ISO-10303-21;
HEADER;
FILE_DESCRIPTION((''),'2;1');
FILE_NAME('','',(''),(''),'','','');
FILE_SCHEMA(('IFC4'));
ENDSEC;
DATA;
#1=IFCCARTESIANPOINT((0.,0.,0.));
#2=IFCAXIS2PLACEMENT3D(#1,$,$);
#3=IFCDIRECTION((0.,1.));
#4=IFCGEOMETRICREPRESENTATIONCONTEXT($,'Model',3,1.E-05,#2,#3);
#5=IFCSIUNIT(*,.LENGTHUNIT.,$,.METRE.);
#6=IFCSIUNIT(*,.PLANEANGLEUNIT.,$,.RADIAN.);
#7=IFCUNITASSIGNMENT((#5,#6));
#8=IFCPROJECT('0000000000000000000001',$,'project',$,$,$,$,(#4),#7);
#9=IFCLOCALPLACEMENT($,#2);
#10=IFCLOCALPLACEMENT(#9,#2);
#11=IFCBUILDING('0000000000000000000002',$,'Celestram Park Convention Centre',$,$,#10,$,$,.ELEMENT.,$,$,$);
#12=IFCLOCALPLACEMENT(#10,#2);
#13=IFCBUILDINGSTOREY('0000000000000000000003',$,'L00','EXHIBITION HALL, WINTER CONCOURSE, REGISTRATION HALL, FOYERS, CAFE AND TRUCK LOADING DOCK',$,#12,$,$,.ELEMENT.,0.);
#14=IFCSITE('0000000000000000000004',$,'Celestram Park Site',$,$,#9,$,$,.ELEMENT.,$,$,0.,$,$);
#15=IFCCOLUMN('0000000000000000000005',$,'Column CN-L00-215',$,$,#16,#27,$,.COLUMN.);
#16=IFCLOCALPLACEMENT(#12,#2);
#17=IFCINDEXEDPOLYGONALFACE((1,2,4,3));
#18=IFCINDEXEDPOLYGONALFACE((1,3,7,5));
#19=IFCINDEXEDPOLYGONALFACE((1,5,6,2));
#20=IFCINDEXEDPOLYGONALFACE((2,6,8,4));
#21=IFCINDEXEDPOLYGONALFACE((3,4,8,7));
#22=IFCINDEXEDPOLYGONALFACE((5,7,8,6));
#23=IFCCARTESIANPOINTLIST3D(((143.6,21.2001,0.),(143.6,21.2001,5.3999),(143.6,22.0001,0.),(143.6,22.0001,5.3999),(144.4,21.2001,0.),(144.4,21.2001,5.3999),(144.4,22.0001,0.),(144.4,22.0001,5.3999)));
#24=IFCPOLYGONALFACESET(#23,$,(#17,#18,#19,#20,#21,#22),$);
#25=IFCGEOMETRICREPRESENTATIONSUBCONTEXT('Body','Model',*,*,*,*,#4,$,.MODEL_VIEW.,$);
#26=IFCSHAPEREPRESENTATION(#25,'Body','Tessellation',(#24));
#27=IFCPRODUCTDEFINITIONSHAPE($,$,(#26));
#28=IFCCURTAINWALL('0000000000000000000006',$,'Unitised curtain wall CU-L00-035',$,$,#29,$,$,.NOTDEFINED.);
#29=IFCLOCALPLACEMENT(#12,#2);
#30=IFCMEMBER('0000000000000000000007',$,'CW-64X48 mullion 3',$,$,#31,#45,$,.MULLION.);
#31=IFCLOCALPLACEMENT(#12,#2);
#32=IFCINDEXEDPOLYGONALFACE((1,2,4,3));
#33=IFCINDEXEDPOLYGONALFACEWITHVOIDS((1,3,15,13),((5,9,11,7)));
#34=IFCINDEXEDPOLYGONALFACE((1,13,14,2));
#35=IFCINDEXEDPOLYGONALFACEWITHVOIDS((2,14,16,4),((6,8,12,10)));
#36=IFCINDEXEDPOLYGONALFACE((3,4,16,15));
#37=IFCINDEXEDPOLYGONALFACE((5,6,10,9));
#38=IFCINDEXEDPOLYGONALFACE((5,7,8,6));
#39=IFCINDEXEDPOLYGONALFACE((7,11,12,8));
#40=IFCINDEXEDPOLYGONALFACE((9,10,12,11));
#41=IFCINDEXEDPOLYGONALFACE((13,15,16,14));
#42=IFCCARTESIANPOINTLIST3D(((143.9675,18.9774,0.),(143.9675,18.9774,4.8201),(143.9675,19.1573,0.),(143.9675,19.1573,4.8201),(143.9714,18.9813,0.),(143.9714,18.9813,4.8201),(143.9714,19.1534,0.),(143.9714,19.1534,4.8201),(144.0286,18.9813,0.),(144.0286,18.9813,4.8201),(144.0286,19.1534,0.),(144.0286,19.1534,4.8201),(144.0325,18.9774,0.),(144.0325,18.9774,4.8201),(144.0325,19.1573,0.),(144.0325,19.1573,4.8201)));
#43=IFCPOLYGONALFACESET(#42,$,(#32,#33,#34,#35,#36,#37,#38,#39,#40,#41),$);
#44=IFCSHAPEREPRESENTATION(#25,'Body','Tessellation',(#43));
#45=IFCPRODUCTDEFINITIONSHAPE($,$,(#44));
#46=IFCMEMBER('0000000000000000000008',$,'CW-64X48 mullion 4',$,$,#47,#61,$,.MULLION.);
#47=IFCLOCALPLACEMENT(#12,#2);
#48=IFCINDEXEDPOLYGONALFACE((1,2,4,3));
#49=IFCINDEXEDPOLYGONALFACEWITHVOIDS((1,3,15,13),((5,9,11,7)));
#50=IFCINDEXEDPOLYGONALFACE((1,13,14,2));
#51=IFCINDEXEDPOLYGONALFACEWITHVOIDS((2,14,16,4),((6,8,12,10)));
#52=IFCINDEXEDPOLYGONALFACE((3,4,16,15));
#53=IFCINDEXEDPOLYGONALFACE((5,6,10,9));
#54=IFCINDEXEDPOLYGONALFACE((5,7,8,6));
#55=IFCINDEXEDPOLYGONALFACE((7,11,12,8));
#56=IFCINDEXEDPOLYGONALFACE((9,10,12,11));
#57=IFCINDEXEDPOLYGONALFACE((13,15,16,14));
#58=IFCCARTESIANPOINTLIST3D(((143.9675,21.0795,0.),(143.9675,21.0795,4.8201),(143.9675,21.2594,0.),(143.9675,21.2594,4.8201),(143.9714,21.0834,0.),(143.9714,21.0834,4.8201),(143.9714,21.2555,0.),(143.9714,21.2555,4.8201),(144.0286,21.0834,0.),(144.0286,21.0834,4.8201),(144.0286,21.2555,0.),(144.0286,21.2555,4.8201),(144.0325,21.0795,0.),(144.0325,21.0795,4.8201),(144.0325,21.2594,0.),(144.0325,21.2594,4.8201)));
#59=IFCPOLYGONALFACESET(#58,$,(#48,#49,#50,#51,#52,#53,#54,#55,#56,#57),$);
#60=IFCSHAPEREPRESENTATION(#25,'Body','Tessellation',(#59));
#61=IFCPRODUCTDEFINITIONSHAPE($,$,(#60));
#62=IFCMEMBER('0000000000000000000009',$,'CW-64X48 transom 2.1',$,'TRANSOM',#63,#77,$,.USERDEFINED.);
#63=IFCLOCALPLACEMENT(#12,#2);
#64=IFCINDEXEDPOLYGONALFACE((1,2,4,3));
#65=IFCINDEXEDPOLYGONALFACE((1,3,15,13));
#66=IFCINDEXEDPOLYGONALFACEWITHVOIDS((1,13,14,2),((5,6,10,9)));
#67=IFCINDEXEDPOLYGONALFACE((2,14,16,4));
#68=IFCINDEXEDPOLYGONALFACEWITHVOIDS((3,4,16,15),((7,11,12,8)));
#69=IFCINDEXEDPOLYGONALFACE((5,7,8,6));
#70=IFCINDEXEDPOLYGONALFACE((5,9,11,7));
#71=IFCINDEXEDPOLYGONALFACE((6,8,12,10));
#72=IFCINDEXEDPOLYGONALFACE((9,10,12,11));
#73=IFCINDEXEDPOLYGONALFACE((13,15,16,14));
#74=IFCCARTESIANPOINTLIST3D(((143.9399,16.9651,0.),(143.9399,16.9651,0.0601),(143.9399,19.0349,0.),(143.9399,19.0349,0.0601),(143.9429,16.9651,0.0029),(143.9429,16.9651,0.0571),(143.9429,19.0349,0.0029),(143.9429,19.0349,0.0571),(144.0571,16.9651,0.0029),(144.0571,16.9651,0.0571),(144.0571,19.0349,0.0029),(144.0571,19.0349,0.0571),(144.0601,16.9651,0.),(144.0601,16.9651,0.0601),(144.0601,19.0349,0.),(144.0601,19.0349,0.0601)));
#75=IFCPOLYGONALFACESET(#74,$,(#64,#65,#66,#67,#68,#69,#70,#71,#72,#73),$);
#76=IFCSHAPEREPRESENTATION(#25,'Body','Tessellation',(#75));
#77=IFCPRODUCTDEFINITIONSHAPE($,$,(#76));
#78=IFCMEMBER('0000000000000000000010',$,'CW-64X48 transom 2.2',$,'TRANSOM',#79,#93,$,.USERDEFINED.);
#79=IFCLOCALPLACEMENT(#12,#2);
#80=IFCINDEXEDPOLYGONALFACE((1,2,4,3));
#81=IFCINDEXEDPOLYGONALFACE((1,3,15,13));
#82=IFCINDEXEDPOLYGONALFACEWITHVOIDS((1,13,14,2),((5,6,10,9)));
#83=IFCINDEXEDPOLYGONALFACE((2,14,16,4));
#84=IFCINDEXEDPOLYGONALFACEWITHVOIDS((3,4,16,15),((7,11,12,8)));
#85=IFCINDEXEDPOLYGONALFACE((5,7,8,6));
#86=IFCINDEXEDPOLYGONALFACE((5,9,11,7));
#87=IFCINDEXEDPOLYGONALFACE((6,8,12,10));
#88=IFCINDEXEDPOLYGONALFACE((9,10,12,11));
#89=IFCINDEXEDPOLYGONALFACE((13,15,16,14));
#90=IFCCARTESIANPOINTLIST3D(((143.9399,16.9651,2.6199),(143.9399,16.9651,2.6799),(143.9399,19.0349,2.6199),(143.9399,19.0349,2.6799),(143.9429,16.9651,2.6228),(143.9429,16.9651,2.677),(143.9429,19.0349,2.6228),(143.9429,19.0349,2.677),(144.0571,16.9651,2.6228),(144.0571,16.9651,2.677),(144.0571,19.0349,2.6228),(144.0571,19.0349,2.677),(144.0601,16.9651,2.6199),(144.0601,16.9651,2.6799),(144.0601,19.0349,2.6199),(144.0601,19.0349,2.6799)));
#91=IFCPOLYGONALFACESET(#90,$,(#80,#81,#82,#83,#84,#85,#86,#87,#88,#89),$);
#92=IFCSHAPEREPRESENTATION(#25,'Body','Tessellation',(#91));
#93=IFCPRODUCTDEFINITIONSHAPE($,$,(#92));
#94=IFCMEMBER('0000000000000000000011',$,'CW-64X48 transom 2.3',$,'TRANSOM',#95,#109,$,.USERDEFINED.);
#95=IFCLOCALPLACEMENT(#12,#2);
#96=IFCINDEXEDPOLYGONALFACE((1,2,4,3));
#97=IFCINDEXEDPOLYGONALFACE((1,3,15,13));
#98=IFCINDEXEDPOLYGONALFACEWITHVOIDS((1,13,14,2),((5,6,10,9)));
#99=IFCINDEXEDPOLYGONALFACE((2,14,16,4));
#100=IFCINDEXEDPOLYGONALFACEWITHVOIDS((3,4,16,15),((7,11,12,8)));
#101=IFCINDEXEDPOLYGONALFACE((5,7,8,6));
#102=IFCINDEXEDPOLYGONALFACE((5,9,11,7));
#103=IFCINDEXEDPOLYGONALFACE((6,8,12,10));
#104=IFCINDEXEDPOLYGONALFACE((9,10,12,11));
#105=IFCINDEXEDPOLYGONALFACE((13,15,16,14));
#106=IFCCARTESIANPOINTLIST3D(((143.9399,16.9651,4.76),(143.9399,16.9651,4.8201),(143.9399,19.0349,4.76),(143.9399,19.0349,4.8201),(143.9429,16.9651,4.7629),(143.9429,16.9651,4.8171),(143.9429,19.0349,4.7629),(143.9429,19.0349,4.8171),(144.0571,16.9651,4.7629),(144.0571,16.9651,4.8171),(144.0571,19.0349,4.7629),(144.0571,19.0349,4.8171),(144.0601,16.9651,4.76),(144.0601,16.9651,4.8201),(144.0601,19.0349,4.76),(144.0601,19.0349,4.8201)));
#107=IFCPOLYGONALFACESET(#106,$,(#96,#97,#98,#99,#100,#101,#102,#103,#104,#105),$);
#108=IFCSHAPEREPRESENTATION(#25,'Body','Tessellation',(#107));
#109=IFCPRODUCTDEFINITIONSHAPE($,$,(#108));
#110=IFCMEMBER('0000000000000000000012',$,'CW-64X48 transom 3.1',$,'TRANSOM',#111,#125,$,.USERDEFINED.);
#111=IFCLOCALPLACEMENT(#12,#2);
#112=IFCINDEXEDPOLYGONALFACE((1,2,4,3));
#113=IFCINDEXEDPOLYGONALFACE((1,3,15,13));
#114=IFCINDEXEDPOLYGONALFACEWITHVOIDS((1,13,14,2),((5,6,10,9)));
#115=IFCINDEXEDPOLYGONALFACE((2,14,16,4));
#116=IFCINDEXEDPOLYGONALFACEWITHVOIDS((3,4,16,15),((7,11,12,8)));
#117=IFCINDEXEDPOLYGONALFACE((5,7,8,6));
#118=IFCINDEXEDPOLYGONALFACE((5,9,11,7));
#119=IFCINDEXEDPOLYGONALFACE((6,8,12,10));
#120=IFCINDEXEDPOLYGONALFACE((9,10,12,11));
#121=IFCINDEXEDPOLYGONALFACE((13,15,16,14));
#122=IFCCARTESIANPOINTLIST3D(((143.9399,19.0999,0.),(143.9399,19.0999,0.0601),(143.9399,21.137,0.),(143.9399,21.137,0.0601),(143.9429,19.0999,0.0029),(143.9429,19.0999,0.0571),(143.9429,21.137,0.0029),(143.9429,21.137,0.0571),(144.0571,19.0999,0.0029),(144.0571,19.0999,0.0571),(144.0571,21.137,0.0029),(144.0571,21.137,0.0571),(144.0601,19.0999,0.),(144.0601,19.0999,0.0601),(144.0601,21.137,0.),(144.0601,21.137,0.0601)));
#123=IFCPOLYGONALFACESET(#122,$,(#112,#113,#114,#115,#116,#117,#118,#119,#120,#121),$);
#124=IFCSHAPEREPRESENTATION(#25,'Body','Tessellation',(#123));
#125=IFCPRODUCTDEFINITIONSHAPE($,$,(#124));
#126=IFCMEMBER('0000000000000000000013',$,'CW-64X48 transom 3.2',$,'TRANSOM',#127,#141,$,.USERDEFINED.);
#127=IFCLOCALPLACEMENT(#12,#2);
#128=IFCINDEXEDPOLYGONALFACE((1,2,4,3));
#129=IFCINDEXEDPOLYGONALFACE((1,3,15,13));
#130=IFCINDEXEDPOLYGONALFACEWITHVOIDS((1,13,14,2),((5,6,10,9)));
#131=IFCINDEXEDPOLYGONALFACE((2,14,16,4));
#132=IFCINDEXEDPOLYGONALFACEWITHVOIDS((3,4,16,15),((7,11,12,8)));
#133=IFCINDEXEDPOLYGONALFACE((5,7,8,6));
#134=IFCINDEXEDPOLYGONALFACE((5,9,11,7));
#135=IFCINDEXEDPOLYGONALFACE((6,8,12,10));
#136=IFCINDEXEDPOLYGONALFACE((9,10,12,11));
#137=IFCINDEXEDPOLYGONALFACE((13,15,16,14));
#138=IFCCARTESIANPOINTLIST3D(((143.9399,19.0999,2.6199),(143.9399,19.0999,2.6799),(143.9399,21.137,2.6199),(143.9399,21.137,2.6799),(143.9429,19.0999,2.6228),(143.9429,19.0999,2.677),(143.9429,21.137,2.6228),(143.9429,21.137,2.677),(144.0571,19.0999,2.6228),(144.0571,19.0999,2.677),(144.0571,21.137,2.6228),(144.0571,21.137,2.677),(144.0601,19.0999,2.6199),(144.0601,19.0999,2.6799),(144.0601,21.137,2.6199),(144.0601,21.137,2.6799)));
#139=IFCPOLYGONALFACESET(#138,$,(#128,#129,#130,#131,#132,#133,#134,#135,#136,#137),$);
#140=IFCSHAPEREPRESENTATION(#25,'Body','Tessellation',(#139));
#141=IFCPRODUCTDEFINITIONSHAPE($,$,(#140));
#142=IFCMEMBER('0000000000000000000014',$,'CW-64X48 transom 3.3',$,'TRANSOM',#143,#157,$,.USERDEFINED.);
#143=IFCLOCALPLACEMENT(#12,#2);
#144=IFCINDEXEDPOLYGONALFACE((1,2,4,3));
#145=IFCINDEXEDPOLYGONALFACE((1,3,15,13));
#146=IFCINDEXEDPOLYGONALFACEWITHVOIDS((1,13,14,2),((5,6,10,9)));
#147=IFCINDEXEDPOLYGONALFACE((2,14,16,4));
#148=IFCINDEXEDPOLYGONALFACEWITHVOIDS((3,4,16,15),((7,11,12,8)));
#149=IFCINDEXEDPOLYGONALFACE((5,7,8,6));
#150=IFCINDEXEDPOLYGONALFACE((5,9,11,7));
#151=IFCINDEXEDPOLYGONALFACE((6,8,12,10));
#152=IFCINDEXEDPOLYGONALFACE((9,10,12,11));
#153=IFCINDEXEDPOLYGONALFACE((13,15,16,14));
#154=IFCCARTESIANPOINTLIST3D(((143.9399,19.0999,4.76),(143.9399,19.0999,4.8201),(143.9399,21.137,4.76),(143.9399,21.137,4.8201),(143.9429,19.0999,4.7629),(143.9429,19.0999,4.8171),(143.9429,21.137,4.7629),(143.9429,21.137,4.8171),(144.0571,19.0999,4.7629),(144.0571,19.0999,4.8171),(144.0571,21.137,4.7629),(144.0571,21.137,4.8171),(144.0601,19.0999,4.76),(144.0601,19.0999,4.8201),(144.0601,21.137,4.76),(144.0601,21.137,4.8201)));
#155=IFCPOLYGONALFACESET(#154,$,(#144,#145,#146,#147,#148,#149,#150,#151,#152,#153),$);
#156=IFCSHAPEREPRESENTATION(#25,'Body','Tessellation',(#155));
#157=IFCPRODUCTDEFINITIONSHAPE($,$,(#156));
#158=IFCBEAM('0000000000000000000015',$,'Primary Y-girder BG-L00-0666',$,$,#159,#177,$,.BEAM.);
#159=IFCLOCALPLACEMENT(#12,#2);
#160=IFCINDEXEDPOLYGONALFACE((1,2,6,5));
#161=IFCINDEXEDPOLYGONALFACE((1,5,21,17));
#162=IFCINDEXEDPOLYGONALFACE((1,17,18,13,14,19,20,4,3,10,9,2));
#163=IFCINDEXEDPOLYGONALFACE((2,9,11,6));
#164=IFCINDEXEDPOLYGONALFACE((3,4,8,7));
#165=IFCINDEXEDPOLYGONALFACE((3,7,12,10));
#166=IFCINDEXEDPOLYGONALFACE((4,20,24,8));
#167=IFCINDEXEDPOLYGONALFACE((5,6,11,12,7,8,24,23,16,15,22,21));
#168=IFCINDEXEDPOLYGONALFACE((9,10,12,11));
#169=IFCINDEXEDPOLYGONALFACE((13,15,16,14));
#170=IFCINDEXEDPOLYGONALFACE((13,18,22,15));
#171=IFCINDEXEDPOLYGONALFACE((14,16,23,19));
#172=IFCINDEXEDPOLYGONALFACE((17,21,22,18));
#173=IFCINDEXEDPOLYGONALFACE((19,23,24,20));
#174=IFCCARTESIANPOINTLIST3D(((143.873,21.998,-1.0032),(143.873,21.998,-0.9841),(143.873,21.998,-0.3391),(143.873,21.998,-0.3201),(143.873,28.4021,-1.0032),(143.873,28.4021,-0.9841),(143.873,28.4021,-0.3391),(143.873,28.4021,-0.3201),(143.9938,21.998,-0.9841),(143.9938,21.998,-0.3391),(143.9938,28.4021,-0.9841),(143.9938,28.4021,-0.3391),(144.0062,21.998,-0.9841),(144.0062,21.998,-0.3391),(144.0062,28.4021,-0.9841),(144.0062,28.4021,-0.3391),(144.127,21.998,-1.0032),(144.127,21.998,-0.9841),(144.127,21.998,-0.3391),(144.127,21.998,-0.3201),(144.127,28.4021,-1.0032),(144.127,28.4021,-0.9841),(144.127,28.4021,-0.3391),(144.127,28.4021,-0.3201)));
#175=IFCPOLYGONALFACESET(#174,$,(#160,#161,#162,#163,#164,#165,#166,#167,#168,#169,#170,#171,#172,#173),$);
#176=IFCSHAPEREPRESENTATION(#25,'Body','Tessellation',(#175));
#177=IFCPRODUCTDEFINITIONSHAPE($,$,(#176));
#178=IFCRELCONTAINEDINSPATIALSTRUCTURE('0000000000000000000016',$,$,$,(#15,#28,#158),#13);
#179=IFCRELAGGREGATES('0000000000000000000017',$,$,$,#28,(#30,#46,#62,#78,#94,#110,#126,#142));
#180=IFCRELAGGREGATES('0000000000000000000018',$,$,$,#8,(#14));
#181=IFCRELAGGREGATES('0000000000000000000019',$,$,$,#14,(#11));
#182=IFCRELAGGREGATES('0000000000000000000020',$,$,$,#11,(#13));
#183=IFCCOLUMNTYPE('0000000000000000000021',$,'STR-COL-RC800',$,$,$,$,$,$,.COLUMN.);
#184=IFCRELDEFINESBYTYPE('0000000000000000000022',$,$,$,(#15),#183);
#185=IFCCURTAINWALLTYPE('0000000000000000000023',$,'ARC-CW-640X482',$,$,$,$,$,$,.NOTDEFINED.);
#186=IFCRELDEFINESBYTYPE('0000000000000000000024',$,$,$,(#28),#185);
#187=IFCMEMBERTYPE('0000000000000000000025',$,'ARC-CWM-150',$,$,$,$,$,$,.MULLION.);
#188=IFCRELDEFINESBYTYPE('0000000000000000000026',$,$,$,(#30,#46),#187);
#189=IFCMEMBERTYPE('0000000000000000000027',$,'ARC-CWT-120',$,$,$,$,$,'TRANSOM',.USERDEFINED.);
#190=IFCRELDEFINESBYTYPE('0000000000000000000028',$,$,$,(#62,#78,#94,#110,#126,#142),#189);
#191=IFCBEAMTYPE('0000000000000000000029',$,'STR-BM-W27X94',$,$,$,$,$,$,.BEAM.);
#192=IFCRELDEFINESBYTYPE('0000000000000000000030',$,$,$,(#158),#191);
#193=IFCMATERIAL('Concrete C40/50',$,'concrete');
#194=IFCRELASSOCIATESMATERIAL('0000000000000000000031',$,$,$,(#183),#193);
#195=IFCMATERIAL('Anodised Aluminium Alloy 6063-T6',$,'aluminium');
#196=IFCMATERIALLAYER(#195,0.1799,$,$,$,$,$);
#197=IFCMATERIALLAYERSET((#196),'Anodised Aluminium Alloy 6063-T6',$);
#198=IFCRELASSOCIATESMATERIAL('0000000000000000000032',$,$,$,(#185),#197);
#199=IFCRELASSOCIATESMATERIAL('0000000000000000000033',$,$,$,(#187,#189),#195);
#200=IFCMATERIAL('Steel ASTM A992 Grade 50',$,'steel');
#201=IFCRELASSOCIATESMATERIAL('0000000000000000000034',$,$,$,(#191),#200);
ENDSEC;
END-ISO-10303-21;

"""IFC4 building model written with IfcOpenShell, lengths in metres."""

from ifc_helpers import new_model, si_unit, direction, frame, origin, origin_2d, place, context, subcontext, project, spatial, rectangle, hollow_rectangle, i_section, extrude, material, layer, layer_set, material_profile, profile_set, type_object, element, aggregate, save


model = new_model("IFC4")

# Units and contexts
model_context = context("Model", 3, precision=1e-05, world=origin(), true_north=direction((0.0, 1.0)))
body_context = subcontext(model_context, "Body", "Model", "MODEL_VIEW")
ifc_project = project(units=[si_unit("LENGTHUNIT", "METRE"), si_unit("PLANEANGLEUNIT", "RADIAN")], contexts=[model_context])

# Site, building, storey
site_placement = place(None, origin())
site = spatial("IfcSite", under=ifc_project, at=site_placement, Name="Celestram Park Site", CompositionType="ELEMENT", RefElevation=0.0)
building_placement = place(site_placement, origin())
building = spatial("IfcBuilding", under=site, at=building_placement, Name="Celestram Park Convention Centre", CompositionType="ELEMENT")
storey_placement = place(building_placement, origin())
storey = spatial("IfcBuildingStorey", under=building, at=storey_placement, Name="L00", Description="EXHIBITION HALL, WINTER CONCOURSE, REGISTRATION HALL, FOYERS, CAFE AND TRUCK LOADING DOCK", CompositionType="ELEMENT", Elevation=0.0)

# Column
ifc_material_1 = material(Name="Concrete C40/50", Category="concrete")
ifc_material_profile_1 = material_profile(ifc_material_1, rectangle(XDim=0.8, YDim=0.8, at=origin_2d()), Name="RC800X800")
ifc_profile_set_1 = profile_set([ifc_material_profile_1], Name="Concrete C40/50")
column_type = type_object("IfcColumnType", Name="STR-COL-RC800", PredefinedType="COLUMN", material=ifc_profile_set_1)
column_placement = place(storey_placement, frame((144.0, 21.6001, 0.0), z_axis=(0.0, 0.0, 1.0), x_axis=(1.0, 0.0, 0.0)))
element("IfcColumn", 1, at=column_placement, inside=storey, type_object=column_type, Name="Column CN-L00-215", PredefinedType="COLUMN", context=body_context, shape_type="SweptSolid", body=[
    extrude(rectangle(XDim=0.8, YDim=0.8, at=origin_2d()), origin(), (0.0, 0.0, 1.0), 5.3999),
])

# Curtain wall, members
ifc_material_2 = material(Name="Anodised Aluminium Alloy 6063-T6", Category="aluminium")
ifc_layer_1 = layer(ifc_material_2, 0.1799)
ifc_layer_set_1 = layer_set([ifc_layer_1], Name="Anodised Aluminium Alloy 6063-T6")
curtain_wall_type = type_object("IfcCurtainWallType", Name="ARC-CW-640X482", PredefinedType="NOTDEFINED", material=ifc_layer_set_1)
curtain_wall_placement = place(storey_placement, origin())
curtain_wall = element("IfcCurtainWall", 2, at=curtain_wall_placement, inside=storey, type_object=curtain_wall_type, Name="Unitised curtain wall CU-L00-035", PredefinedType="NOTDEFINED")
ifc_material_profile_2 = material_profile(ifc_material_2, hollow_rectangle(XDim=0.0649, YDim=0.1799, WallThickness=0.0039, at=origin_2d()), Name="ALU65X180X4")
ifc_profile_set_2 = profile_set([ifc_material_profile_2], Name="Anodised Aluminium Alloy 6063-T6")
member_type_1 = type_object("IfcMemberType", Name="ARC-CWM-150", PredefinedType="MULLION", material=ifc_profile_set_2)
member_1_placement = place(storey_placement, frame((144.0, 19.0674, 0.0), z_axis=(0.0, 0.0, 1.0), x_axis=(-1.0, 0.0, 0.0)))
member_1 = element("IfcMember", 3, at=member_1_placement, type_object=member_type_1, Name="CW-64X48 mullion 3", PredefinedType="MULLION", context=body_context, shape_type="SweptSolid", body=[
    extrude(hollow_rectangle(XDim=0.0649, YDim=0.1799, WallThickness=0.0039, at=origin_2d()), origin(), (0.0, 0.0, 1.0), 4.8201),
])
member_2_placement = place(storey_placement, frame((144.0, 21.1694, 0.0), z_axis=(0.0, 0.0, 1.0), x_axis=(-1.0, 0.0, 0.0)))
member_2 = element("IfcMember", 4, at=member_2_placement, type_object=member_type_1, Name="CW-64X48 mullion 4", PredefinedType="MULLION", context=body_context, shape_type="SweptSolid", body=[
    extrude(hollow_rectangle(XDim=0.0649, YDim=0.1799, WallThickness=0.0039, at=origin_2d()), origin(), (0.0, 0.0, 1.0), 4.8201),
])
ifc_material_profile_3 = material_profile(ifc_material_2, hollow_rectangle(XDim=0.1201, YDim=0.0601, WallThickness=0.0029, at=origin_2d()), Name="ALU120X60X3")
ifc_profile_set_3 = profile_set([ifc_material_profile_3], Name="Anodised Aluminium Alloy 6063-T6")
member_type_2 = type_object("IfcMemberType", Name="ARC-CWT-120", ElementType="TRANSOM", PredefinedType="USERDEFINED", material=ifc_profile_set_3)
member_3_placement = place(storey_placement, frame((144.0, 16.9651, 0.03), z_axis=(0.0, 1.0, 0.0), x_axis=(-1.0, 0.0, 0.0)))
member_3 = element("IfcMember", 5, at=member_3_placement, type_object=member_type_2, Name="CW-64X48 transom 2.1", ObjectType="TRANSOM", PredefinedType="USERDEFINED", context=body_context, shape_type="SweptSolid", body=[
    extrude(hollow_rectangle(XDim=0.1201, YDim=0.0601, WallThickness=0.0029, at=origin_2d()), origin(), (0.0, 0.0, 1.0), 2.0698),
])
member_4_placement = place(storey_placement, frame((144.0, 16.9651, 2.6499), z_axis=(0.0, 1.0, 0.0), x_axis=(-1.0, 0.0, 0.0)))
member_4 = element("IfcMember", 6, at=member_4_placement, type_object=member_type_2, Name="CW-64X48 transom 2.2", ObjectType="TRANSOM", PredefinedType="USERDEFINED", context=body_context, shape_type="SweptSolid", body=[
    extrude(hollow_rectangle(XDim=0.1201, YDim=0.0601, WallThickness=0.0029, at=origin_2d()), origin(), (0.0, 0.0, 1.0), 2.0698),
])
member_5_placement = place(storey_placement, frame((144.0, 16.9651, 4.79), z_axis=(0.0, 1.0, 0.0), x_axis=(-1.0, 0.0, 0.0)))
member_5 = element("IfcMember", 7, at=member_5_placement, type_object=member_type_2, Name="CW-64X48 transom 2.3", ObjectType="TRANSOM", PredefinedType="USERDEFINED", context=body_context, shape_type="SweptSolid", body=[
    extrude(hollow_rectangle(XDim=0.1201, YDim=0.0601, WallThickness=0.0029, at=origin_2d()), origin(), (0.0, 0.0, 1.0), 2.0698),
])
member_6_placement = place(storey_placement, frame((144.0, 19.0999, 0.03), z_axis=(0.0, 1.0, 0.0), x_axis=(-1.0, 0.0, 0.0)))
member_6 = element("IfcMember", 8, at=member_6_placement, type_object=member_type_2, Name="CW-64X48 transom 3.1", ObjectType="TRANSOM", PredefinedType="USERDEFINED", context=body_context, shape_type="SweptSolid", body=[
    extrude(hollow_rectangle(XDim=0.1201, YDim=0.0601, WallThickness=0.0029, at=origin_2d()), origin(), (0.0, 0.0, 1.0), 2.0371),
])
member_7_placement = place(storey_placement, frame((144.0, 19.0999, 2.6499), z_axis=(0.0, 1.0, 0.0), x_axis=(-1.0, 0.0, 0.0)))
member_7 = element("IfcMember", 9, at=member_7_placement, type_object=member_type_2, Name="CW-64X48 transom 3.2", ObjectType="TRANSOM", PredefinedType="USERDEFINED", context=body_context, shape_type="SweptSolid", body=[
    extrude(hollow_rectangle(XDim=0.1201, YDim=0.0601, WallThickness=0.0029, at=origin_2d()), origin(), (0.0, 0.0, 1.0), 2.0371),
])
member_8_placement = place(storey_placement, frame((144.0, 19.0999, 4.79), z_axis=(0.0, 1.0, 0.0), x_axis=(-1.0, 0.0, 0.0)))
member_8 = element("IfcMember", 10, at=member_8_placement, type_object=member_type_2, Name="CW-64X48 transom 3.3", ObjectType="TRANSOM", PredefinedType="USERDEFINED", context=body_context, shape_type="SweptSolid", body=[
    extrude(hollow_rectangle(XDim=0.1201, YDim=0.0601, WallThickness=0.0029, at=origin_2d()), origin(), (0.0, 0.0, 1.0), 2.0371),
])

# Beam
ifc_material_3 = material(Name="Steel ASTM A992 Grade 50", Category="steel")
ifc_material_profile_4 = material_profile(ifc_material_3, i_section(OverallWidth=0.2539, OverallDepth=0.6831, WebThickness=0.0125, FlangeThickness=0.019, at=origin_2d()), Name="W27X94")
ifc_profile_set_4 = profile_set([ifc_material_profile_4], Name="Steel ASTM A992 Grade 50")
beam_type = type_object("IfcBeamType", Name="STR-BM-W27X94", PredefinedType="BEAM", material=ifc_profile_set_4)
beam_placement = place(storey_placement, frame((144.0, 21.998, -0.6616), z_axis=(0.0, 1.0, 0.0), x_axis=(-1.0, 0.0, 0.0)))
element("IfcBeam", 11, at=beam_placement, inside=storey, type_object=beam_type, Name="Primary Y-girder BG-L00-0666", PredefinedType="BEAM", context=body_context, shape_type="SweptSolid", body=[
    extrude(i_section(OverallWidth=0.2539, OverallDepth=0.6831, WebThickness=0.0125, FlangeThickness=0.019, at=origin_2d()), origin(), (0.0, 0.0, 1.0), 6.4041),
])

aggregate(curtain_wall, [member_1, member_2, member_3, member_4, member_5, member_6, member_7, member_8])

save(model, "model.ifc")
